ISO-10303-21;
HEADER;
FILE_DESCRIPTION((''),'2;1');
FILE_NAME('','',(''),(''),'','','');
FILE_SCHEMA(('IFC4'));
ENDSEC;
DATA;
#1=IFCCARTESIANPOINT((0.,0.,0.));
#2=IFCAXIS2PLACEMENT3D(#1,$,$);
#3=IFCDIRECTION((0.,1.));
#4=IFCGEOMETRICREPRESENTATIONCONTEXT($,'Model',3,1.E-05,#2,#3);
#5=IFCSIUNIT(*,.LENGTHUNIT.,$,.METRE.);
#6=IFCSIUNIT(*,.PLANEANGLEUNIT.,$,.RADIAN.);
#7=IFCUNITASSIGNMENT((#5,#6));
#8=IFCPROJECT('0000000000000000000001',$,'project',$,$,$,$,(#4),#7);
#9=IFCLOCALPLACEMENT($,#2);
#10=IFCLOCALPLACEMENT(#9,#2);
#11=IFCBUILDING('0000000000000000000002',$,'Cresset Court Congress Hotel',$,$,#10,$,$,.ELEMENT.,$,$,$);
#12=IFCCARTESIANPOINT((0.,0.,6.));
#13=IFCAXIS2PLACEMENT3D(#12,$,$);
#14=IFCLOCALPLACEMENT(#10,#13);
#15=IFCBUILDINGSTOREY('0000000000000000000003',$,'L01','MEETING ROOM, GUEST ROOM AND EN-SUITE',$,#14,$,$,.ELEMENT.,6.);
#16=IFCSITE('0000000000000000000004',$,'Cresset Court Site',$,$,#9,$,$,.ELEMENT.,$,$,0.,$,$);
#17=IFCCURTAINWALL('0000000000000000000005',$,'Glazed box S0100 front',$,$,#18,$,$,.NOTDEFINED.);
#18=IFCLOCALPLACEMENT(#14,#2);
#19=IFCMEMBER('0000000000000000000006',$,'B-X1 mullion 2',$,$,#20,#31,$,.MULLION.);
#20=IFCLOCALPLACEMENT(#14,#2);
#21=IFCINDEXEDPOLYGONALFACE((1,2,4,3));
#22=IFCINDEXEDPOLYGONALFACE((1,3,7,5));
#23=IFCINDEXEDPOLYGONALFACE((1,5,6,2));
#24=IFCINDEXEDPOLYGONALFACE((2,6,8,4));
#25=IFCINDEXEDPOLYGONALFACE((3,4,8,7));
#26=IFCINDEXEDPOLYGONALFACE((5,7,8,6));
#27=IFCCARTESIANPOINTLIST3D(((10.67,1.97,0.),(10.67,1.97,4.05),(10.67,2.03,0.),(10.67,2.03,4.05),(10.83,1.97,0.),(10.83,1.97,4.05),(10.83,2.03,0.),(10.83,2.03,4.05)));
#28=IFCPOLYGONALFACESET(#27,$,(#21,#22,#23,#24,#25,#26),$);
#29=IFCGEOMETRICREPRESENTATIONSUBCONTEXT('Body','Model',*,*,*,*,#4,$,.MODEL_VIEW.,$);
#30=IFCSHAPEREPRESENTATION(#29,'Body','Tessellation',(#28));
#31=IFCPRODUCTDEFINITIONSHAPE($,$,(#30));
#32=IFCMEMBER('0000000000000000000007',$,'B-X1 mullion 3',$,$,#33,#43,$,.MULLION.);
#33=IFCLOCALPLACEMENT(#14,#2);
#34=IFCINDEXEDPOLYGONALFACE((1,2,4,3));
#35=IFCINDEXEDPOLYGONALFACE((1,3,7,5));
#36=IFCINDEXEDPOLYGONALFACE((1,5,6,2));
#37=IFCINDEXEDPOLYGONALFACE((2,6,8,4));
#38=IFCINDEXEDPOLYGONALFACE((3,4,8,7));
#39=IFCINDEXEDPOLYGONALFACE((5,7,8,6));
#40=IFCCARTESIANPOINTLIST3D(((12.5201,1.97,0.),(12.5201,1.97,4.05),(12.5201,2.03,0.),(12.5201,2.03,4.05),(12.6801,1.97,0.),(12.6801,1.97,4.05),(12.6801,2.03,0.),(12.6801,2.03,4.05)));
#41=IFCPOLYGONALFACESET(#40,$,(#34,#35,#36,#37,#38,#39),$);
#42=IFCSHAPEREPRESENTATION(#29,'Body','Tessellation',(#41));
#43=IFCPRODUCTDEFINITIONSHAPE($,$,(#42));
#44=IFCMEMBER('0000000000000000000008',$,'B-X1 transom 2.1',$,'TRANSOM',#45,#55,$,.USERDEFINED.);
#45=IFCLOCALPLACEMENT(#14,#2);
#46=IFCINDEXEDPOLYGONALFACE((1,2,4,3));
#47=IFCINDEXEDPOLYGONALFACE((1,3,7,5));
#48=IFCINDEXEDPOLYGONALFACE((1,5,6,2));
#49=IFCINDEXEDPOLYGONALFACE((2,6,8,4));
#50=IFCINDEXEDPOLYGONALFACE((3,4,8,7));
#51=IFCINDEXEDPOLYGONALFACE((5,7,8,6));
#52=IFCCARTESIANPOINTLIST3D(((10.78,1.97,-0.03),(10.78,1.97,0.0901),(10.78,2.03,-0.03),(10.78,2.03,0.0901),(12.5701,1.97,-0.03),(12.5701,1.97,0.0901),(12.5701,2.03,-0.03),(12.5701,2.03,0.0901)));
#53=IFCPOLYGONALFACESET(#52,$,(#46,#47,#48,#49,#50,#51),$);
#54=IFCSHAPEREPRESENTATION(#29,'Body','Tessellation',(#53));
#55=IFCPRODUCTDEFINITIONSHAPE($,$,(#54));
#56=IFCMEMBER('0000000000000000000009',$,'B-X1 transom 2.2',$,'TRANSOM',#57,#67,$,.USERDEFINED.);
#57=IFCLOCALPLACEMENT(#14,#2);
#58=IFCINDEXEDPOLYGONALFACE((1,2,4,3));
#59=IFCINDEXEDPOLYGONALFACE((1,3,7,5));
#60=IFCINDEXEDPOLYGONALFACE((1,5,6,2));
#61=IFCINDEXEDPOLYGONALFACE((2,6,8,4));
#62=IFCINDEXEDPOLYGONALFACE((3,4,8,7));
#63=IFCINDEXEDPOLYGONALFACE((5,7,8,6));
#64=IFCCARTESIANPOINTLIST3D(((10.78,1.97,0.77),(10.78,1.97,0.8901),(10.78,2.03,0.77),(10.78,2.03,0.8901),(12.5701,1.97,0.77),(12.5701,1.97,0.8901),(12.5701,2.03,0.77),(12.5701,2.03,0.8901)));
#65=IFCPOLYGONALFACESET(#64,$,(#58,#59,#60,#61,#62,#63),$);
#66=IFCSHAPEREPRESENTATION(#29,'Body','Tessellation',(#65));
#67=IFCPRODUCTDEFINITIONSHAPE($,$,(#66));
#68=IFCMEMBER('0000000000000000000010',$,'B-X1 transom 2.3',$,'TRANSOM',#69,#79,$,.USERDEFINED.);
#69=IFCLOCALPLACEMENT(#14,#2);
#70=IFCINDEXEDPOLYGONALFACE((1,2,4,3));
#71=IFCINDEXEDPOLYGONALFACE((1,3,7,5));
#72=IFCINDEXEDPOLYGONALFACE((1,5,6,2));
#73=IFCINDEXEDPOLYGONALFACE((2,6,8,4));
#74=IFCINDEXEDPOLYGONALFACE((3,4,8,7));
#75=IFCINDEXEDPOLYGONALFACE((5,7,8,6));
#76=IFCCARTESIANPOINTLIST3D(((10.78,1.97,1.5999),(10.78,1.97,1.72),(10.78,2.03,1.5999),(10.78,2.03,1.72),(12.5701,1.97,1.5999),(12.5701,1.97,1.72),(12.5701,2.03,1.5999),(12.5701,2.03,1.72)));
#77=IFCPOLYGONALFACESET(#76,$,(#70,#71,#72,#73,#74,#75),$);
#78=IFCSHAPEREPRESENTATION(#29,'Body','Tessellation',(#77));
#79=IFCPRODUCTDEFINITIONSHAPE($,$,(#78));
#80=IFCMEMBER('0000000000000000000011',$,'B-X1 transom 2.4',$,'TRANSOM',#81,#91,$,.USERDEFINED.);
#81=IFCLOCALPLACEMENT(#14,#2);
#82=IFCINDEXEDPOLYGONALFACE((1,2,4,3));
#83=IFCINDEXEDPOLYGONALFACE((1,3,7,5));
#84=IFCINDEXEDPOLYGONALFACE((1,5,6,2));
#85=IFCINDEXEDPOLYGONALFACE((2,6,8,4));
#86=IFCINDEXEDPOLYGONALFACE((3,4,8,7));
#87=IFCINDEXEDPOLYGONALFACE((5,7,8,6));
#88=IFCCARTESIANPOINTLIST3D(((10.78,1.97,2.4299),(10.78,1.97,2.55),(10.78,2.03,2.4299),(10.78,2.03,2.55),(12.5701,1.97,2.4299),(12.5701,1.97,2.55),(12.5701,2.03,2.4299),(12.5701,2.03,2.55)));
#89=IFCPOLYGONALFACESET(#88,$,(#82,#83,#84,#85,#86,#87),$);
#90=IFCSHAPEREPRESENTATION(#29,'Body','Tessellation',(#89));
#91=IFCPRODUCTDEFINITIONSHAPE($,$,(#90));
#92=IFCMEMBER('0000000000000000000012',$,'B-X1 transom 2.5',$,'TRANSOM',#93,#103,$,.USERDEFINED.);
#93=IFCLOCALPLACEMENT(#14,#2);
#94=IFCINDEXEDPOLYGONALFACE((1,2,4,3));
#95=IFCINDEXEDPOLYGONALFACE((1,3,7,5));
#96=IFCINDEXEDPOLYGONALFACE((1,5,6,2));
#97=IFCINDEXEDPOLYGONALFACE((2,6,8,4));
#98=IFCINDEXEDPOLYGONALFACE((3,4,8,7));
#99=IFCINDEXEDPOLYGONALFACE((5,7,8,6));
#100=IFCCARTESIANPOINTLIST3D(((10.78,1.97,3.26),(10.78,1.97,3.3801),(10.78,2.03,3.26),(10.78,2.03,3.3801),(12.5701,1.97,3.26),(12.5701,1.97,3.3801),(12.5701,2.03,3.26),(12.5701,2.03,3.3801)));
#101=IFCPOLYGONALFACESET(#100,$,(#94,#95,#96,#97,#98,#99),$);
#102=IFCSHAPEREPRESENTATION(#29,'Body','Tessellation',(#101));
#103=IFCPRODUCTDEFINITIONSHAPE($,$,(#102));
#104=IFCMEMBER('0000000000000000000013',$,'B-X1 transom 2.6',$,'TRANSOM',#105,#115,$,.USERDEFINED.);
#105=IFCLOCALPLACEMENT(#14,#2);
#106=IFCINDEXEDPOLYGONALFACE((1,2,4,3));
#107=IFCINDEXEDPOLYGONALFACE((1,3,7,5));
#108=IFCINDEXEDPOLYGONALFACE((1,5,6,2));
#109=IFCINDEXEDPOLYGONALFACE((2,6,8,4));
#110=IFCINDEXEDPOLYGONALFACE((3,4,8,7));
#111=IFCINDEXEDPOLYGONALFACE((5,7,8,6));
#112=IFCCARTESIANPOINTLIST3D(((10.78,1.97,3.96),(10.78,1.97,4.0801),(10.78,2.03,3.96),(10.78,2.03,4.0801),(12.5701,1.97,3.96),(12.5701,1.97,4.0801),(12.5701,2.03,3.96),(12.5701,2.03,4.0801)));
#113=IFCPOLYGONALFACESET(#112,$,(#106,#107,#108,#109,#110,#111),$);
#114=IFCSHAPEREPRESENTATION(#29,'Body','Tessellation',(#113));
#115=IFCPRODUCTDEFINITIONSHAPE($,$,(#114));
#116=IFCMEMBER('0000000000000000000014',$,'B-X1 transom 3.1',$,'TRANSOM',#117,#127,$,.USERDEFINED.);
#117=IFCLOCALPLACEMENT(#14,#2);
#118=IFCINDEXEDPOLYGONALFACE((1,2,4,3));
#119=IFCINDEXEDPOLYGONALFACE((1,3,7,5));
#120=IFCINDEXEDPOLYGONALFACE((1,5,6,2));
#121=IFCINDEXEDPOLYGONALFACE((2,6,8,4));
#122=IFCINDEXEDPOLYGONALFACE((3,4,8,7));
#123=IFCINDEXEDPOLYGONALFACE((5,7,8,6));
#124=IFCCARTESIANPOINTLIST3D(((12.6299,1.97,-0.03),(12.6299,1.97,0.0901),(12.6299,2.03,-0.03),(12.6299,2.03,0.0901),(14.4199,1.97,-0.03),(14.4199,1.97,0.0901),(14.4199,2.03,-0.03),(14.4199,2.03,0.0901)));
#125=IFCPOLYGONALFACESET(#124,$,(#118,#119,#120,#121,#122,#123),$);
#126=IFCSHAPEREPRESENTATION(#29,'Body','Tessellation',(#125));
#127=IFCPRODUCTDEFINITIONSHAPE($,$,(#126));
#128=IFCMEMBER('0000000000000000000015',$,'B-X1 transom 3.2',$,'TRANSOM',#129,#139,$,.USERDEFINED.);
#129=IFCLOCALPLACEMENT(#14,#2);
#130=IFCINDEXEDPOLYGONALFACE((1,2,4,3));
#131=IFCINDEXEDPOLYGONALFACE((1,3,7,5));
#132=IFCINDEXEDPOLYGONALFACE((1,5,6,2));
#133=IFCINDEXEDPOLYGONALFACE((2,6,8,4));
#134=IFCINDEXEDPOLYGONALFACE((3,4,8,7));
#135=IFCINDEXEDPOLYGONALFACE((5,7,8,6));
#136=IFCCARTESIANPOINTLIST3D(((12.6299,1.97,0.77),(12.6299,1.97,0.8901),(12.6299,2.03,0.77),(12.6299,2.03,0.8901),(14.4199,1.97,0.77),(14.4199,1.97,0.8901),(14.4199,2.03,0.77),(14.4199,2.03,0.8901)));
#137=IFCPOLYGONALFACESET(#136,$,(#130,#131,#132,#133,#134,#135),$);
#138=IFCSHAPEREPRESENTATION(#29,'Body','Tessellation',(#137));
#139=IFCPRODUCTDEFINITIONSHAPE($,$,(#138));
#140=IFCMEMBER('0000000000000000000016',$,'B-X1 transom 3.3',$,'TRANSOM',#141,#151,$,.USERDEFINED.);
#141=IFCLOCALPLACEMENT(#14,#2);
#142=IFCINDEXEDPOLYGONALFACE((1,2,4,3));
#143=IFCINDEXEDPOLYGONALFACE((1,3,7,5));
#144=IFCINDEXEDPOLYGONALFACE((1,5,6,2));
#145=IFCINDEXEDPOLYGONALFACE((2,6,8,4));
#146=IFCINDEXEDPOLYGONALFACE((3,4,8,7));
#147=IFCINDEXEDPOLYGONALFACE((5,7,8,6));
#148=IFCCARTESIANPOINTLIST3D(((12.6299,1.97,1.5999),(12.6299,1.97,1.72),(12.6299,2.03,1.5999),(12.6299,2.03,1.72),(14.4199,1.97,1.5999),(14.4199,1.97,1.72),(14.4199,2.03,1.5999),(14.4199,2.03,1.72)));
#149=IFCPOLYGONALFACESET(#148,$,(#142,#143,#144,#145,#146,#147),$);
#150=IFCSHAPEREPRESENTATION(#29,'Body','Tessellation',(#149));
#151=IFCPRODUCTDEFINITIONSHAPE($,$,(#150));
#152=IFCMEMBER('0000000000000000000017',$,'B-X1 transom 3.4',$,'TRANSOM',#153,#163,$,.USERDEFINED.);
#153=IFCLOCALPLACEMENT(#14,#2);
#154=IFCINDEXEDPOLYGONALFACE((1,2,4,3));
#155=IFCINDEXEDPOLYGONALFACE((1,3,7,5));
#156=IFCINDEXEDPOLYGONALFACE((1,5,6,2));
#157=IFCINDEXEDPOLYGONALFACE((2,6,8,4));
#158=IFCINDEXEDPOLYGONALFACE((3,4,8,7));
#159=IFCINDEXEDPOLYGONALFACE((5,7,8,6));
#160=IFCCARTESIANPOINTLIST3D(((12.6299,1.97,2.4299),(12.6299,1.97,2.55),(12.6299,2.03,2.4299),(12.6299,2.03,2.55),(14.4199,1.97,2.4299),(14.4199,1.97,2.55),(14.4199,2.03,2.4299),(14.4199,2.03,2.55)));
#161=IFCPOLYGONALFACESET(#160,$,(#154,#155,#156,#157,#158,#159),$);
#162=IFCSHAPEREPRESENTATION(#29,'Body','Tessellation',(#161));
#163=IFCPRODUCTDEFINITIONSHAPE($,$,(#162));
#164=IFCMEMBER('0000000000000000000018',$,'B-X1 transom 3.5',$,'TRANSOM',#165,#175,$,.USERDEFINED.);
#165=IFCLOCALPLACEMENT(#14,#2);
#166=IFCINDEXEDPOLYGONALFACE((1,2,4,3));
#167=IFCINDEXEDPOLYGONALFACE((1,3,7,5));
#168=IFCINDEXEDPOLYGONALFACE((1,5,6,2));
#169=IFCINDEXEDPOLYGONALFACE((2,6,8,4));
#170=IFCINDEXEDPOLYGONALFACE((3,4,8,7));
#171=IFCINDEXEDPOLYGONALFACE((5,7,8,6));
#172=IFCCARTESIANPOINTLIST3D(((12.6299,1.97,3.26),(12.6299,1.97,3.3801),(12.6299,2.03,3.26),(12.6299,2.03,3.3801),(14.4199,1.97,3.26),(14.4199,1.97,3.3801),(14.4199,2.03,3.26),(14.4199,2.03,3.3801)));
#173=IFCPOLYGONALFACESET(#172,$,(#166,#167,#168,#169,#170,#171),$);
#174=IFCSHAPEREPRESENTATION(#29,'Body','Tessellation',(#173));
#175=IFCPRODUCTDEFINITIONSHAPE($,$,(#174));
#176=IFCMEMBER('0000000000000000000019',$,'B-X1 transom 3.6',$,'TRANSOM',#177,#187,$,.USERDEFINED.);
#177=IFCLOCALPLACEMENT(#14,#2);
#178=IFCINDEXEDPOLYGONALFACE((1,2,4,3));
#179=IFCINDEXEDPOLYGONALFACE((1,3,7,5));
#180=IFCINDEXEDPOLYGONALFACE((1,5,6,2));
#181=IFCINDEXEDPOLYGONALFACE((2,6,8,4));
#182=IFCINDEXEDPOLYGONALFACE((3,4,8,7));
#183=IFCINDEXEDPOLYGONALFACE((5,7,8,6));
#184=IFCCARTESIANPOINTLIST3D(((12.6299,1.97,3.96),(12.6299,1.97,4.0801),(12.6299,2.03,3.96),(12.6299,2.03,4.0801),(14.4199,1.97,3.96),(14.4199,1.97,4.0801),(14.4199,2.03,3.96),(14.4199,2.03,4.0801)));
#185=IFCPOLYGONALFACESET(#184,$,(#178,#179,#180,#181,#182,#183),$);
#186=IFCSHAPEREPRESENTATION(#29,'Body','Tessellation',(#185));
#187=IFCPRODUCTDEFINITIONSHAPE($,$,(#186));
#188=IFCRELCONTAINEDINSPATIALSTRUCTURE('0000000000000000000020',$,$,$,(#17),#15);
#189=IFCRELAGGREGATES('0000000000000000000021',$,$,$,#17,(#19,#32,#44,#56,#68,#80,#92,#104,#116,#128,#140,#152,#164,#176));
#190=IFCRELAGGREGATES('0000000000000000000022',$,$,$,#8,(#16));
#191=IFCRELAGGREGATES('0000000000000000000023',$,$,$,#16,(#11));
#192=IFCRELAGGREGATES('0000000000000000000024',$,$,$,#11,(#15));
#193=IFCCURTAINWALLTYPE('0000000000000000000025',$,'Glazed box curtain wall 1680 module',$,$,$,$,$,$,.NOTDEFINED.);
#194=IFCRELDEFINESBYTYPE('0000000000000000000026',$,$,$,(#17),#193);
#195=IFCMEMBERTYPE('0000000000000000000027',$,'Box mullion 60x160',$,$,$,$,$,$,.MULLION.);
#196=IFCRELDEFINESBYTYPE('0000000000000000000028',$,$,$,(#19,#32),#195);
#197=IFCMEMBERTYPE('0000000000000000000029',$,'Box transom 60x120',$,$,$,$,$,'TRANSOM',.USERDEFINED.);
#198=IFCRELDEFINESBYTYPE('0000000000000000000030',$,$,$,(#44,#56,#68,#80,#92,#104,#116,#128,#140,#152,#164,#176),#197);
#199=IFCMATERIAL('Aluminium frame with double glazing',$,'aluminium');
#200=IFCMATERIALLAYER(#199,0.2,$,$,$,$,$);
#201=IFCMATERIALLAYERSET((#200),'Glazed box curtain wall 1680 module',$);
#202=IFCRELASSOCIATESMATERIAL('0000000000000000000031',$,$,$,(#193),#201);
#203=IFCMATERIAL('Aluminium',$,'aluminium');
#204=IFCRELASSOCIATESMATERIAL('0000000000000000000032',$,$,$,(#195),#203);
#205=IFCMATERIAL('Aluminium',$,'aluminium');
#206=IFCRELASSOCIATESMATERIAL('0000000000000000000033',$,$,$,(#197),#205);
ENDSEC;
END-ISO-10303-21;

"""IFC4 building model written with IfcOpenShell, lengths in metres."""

from ifc_helpers import new_model, si_unit, direction, frame, origin, origin_2d, place, context, subcontext, project, spatial, rectangle, extrude, material, layer, layer_set, material_profile, profile_set, type_object, element, aggregate, save


model = new_model("IFC4")

# Units and contexts
model_context = context("Model", 3, precision=1e-05, world=origin(), true_north=direction((0.0, 1.0)))
body_context = subcontext(model_context, "Body", "Model", "MODEL_VIEW")
ifc_project = project(units=[si_unit("LENGTHUNIT", "METRE"), si_unit("PLANEANGLEUNIT", "RADIAN")], contexts=[model_context])

# Site, building, storey
site_placement = place(None, origin())
site = spatial("IfcSite", under=ifc_project, at=site_placement, Name="Cresset Court Site", CompositionType="ELEMENT", RefElevation=0.0)
building_placement = place(site_placement, origin())
building = spatial("IfcBuilding", under=site, at=building_placement, Name="Cresset Court Congress Hotel", CompositionType="ELEMENT")
storey_placement = place(building_placement, frame((0.0, 0.0, 6.0)))
storey = spatial("IfcBuildingStorey", under=building, at=storey_placement, Name="L01", Description="MEETING ROOM, GUEST ROOM AND EN-SUITE", CompositionType="ELEMENT", Elevation=6.0)

# Curtain wall, members
ifc_material_1 = material(Name="Aluminium frame with double glazing", Category="aluminium")
ifc_layer_1 = layer(ifc_material_1, 0.2)
ifc_layer_set_1 = layer_set([ifc_layer_1], Name="Glazed box curtain wall 1680 module")
curtain_wall_type = type_object("IfcCurtainWallType", Name="Glazed box curtain wall 1680 module", PredefinedType="NOTDEFINED", material=ifc_layer_set_1)
curtain_wall_placement = place(storey_placement, origin())
curtain_wall = element("IfcCurtainWall", 1, at=curtain_wall_placement, inside=storey, type_object=curtain_wall_type, Name="Glazed box S0100 front", PredefinedType="NOTDEFINED")
ifc_material_2 = material(Name="Aluminium", Category="aluminium")
ifc_material_profile_1 = material_profile(ifc_material_2, rectangle(XDim=0.0601, YDim=0.1599, at=origin_2d()), Name="Box mullion 60x160")
ifc_profile_set_1 = profile_set([ifc_material_profile_1], Name="Aluminium")
member_type_1 = type_object("IfcMemberType", Name="Box mullion 60x160", PredefinedType="MULLION", material=ifc_profile_set_1)
member_1_placement = place(storey_placement, frame((10.75, 2.0, 0.0), z_axis=(0.0, 0.0, 1.0), x_axis=(0.0, 1.0, 0.0)))
member_1 = element("IfcMember", 2, at=member_1_placement, type_object=member_type_1, Name="B-X1 mullion 2", PredefinedType="MULLION", context=body_context, shape_type="SweptSolid", body=[
    extrude(rectangle(XDim=0.0601, YDim=0.1599, at=origin_2d()), origin(), (0.0, 0.0, 1.0), 4.05),
])
member_2_placement = place(storey_placement, frame((12.6001, 2.0, 0.0), z_axis=(0.0, 0.0, 1.0), x_axis=(0.0, 1.0, 0.0)))
member_2 = element("IfcMember", 3, at=member_2_placement, type_object=member_type_1, Name="B-X1 mullion 3", PredefinedType="MULLION", context=body_context, shape_type="SweptSolid", body=[
    extrude(rectangle(XDim=0.0601, YDim=0.1599, at=origin_2d()), origin(), (0.0, 0.0, 1.0), 4.05),
])
ifc_material_3 = material(Name="Aluminium", Category="aluminium")
ifc_material_profile_2 = material_profile(ifc_material_3, rectangle(XDim=0.0601, YDim=0.1201, at=origin_2d()), Name="Box transom 60x120")
ifc_profile_set_2 = profile_set([ifc_material_profile_2], Name="Aluminium")
member_type_2 = type_object("IfcMemberType", Name="Box transom 60x120", ElementType="TRANSOM", PredefinedType="USERDEFINED", material=ifc_profile_set_2)
member_3_placement = place(storey_placement, frame((10.78, 2.0, 0.03), z_axis=(1.0, 0.0, 0.0), x_axis=(0.0, 1.0, 0.0)))
member_3 = element("IfcMember", 4, at=member_3_placement, type_object=member_type_2, Name="B-X1 transom 2.1", ObjectType="TRANSOM", PredefinedType="USERDEFINED", context=body_context, shape_type="SweptSolid", body=[
    extrude(rectangle(XDim=0.0601, YDim=0.1201, at=origin_2d()), origin(), (0.0, 0.0, 1.0), 1.79),
])
member_4_placement = place(storey_placement, frame((10.78, 2.0, 0.8301), z_axis=(1.0, 0.0, 0.0), x_axis=(0.0, 1.0, 0.0)))
member_4 = element("IfcMember", 5, at=member_4_placement, type_object=member_type_2, Name="B-X1 transom 2.2", ObjectType="TRANSOM", PredefinedType="USERDEFINED", context=body_context, shape_type="SweptSolid", body=[
    extrude(rectangle(XDim=0.0601, YDim=0.1201, at=origin_2d()), origin(), (0.0, 0.0, 1.0), 1.79),
])
member_5_placement = place(storey_placement, frame((10.78, 2.0, 1.6599), z_axis=(1.0, 0.0, 0.0), x_axis=(0.0, 1.0, 0.0)))
member_5 = element("IfcMember", 6, at=member_5_placement, type_object=member_type_2, Name="B-X1 transom 2.3", ObjectType="TRANSOM", PredefinedType="USERDEFINED", context=body_context, shape_type="SweptSolid", body=[
    extrude(rectangle(XDim=0.0601, YDim=0.1201, at=origin_2d()), origin(), (0.0, 0.0, 1.0), 1.79),
])
member_6_placement = place(storey_placement, frame((10.78, 2.0, 2.49), z_axis=(1.0, 0.0, 0.0), x_axis=(0.0, 1.0, 0.0)))
member_6 = element("IfcMember", 7, at=member_6_placement, type_object=member_type_2, Name="B-X1 transom 2.4", ObjectType="TRANSOM", PredefinedType="USERDEFINED", context=body_context, shape_type="SweptSolid", body=[
    extrude(rectangle(XDim=0.0601, YDim=0.1201, at=origin_2d()), origin(), (0.0, 0.0, 1.0), 1.79),
])
member_7_placement = place(storey_placement, frame((10.78, 2.0, 3.3201), z_axis=(1.0, 0.0, 0.0), x_axis=(0.0, 1.0, 0.0)))
member_7 = element("IfcMember", 8, at=member_7_placement, type_object=member_type_2, Name="B-X1 transom 2.5", ObjectType="TRANSOM", PredefinedType="USERDEFINED", context=body_context, shape_type="SweptSolid", body=[
    extrude(rectangle(XDim=0.0601, YDim=0.1201, at=origin_2d()), origin(), (0.0, 0.0, 1.0), 1.79),
])
member_8_placement = place(storey_placement, frame((10.78, 2.0, 4.02), z_axis=(1.0, 0.0, 0.0), x_axis=(0.0, 1.0, 0.0)))
member_8 = element("IfcMember", 9, at=member_8_placement, type_object=member_type_2, Name="B-X1 transom 2.6", ObjectType="TRANSOM", PredefinedType="USERDEFINED", context=body_context, shape_type="SweptSolid", body=[
    extrude(rectangle(XDim=0.0601, YDim=0.1201, at=origin_2d()), origin(), (0.0, 0.0, 1.0), 1.79),
])
member_9_placement = place(storey_placement, frame((12.6299, 2.0, 0.03), z_axis=(1.0, 0.0, 0.0), x_axis=(0.0, 1.0, 0.0)))
member_9 = element("IfcMember", 10, at=member_9_placement, type_object=member_type_2, Name="B-X1 transom 3.1", ObjectType="TRANSOM", PredefinedType="USERDEFINED", context=body_context, shape_type="SweptSolid", body=[
    extrude(rectangle(XDim=0.0601, YDim=0.1201, at=origin_2d()), origin(), (0.0, 0.0, 1.0), 1.79),
])
member_10_placement = place(storey_placement, frame((12.6299, 2.0, 0.8301), z_axis=(1.0, 0.0, 0.0), x_axis=(0.0, 1.0, 0.0)))
member_10 = element("IfcMember", 11, at=member_10_placement, type_object=member_type_2, Name="B-X1 transom 3.2", ObjectType="TRANSOM", PredefinedType="USERDEFINED", context=body_context, shape_type="SweptSolid", body=[
    extrude(rectangle(XDim=0.0601, YDim=0.1201, at=origin_2d()), origin(), (0.0, 0.0, 1.0), 1.79),
])
member_11_placement = place(storey_placement, frame((12.6299, 2.0, 1.6599), z_axis=(1.0, 0.0, 0.0), x_axis=(0.0, 1.0, 0.0)))
member_11 = element("IfcMember", 12, at=member_11_placement, type_object=member_type_2, Name="B-X1 transom 3.3", ObjectType="TRANSOM", PredefinedType="USERDEFINED", context=body_context, shape_type="SweptSolid", body=[
    extrude(rectangle(XDim=0.0601, YDim=0.1201, at=origin_2d()), origin(), (0.0, 0.0, 1.0), 1.79),
])
member_12_placement = place(storey_placement, frame((12.6299, 2.0, 2.49), z_axis=(1.0, 0.0, 0.0), x_axis=(0.0, 1.0, 0.0)))
member_12 = element("IfcMember", 13, at=member_12_placement, type_object=member_type_2, Name="B-X1 transom 3.4", ObjectType="TRANSOM", PredefinedType="USERDEFINED", context=body_context, shape_type="SweptSolid", body=[
    extrude(rectangle(XDim=0.0601, YDim=0.1201, at=origin_2d()), origin(), (0.0, 0.0, 1.0), 1.79),
])
member_13_placement = place(storey_placement, frame((12.6299, 2.0, 3.3201), z_axis=(1.0, 0.0, 0.0), x_axis=(0.0, 1.0, 0.0)))
member_13 = element("IfcMember", 14, at=member_13_placement, type_object=member_type_2, Name="B-X1 transom 3.5", ObjectType="TRANSOM", PredefinedType="USERDEFINED", context=body_context, shape_type="SweptSolid", body=[
    extrude(rectangle(XDim=0.0601, YDim=0.1201, at=origin_2d()), origin(), (0.0, 0.0, 1.0), 1.79),
])
member_14_placement = place(storey_placement, frame((12.6299, 2.0, 4.02), z_axis=(1.0, 0.0, 0.0), x_axis=(0.0, 1.0, 0.0)))
member_14 = element("IfcMember", 15, at=member_14_placement, type_object=member_type_2, Name="B-X1 transom 3.6", ObjectType="TRANSOM", PredefinedType="USERDEFINED", context=body_context, shape_type="SweptSolid", body=[
    extrude(rectangle(XDim=0.0601, YDim=0.1201, at=origin_2d()), origin(), (0.0, 0.0, 1.0), 1.79),
])
aggregate(curtain_wall, [member_1, member_2, member_3, member_4, member_5, member_6, member_7, member_8, member_9, member_10, member_11, member_12, member_13, member_14])

save(model, "model.ifc")
